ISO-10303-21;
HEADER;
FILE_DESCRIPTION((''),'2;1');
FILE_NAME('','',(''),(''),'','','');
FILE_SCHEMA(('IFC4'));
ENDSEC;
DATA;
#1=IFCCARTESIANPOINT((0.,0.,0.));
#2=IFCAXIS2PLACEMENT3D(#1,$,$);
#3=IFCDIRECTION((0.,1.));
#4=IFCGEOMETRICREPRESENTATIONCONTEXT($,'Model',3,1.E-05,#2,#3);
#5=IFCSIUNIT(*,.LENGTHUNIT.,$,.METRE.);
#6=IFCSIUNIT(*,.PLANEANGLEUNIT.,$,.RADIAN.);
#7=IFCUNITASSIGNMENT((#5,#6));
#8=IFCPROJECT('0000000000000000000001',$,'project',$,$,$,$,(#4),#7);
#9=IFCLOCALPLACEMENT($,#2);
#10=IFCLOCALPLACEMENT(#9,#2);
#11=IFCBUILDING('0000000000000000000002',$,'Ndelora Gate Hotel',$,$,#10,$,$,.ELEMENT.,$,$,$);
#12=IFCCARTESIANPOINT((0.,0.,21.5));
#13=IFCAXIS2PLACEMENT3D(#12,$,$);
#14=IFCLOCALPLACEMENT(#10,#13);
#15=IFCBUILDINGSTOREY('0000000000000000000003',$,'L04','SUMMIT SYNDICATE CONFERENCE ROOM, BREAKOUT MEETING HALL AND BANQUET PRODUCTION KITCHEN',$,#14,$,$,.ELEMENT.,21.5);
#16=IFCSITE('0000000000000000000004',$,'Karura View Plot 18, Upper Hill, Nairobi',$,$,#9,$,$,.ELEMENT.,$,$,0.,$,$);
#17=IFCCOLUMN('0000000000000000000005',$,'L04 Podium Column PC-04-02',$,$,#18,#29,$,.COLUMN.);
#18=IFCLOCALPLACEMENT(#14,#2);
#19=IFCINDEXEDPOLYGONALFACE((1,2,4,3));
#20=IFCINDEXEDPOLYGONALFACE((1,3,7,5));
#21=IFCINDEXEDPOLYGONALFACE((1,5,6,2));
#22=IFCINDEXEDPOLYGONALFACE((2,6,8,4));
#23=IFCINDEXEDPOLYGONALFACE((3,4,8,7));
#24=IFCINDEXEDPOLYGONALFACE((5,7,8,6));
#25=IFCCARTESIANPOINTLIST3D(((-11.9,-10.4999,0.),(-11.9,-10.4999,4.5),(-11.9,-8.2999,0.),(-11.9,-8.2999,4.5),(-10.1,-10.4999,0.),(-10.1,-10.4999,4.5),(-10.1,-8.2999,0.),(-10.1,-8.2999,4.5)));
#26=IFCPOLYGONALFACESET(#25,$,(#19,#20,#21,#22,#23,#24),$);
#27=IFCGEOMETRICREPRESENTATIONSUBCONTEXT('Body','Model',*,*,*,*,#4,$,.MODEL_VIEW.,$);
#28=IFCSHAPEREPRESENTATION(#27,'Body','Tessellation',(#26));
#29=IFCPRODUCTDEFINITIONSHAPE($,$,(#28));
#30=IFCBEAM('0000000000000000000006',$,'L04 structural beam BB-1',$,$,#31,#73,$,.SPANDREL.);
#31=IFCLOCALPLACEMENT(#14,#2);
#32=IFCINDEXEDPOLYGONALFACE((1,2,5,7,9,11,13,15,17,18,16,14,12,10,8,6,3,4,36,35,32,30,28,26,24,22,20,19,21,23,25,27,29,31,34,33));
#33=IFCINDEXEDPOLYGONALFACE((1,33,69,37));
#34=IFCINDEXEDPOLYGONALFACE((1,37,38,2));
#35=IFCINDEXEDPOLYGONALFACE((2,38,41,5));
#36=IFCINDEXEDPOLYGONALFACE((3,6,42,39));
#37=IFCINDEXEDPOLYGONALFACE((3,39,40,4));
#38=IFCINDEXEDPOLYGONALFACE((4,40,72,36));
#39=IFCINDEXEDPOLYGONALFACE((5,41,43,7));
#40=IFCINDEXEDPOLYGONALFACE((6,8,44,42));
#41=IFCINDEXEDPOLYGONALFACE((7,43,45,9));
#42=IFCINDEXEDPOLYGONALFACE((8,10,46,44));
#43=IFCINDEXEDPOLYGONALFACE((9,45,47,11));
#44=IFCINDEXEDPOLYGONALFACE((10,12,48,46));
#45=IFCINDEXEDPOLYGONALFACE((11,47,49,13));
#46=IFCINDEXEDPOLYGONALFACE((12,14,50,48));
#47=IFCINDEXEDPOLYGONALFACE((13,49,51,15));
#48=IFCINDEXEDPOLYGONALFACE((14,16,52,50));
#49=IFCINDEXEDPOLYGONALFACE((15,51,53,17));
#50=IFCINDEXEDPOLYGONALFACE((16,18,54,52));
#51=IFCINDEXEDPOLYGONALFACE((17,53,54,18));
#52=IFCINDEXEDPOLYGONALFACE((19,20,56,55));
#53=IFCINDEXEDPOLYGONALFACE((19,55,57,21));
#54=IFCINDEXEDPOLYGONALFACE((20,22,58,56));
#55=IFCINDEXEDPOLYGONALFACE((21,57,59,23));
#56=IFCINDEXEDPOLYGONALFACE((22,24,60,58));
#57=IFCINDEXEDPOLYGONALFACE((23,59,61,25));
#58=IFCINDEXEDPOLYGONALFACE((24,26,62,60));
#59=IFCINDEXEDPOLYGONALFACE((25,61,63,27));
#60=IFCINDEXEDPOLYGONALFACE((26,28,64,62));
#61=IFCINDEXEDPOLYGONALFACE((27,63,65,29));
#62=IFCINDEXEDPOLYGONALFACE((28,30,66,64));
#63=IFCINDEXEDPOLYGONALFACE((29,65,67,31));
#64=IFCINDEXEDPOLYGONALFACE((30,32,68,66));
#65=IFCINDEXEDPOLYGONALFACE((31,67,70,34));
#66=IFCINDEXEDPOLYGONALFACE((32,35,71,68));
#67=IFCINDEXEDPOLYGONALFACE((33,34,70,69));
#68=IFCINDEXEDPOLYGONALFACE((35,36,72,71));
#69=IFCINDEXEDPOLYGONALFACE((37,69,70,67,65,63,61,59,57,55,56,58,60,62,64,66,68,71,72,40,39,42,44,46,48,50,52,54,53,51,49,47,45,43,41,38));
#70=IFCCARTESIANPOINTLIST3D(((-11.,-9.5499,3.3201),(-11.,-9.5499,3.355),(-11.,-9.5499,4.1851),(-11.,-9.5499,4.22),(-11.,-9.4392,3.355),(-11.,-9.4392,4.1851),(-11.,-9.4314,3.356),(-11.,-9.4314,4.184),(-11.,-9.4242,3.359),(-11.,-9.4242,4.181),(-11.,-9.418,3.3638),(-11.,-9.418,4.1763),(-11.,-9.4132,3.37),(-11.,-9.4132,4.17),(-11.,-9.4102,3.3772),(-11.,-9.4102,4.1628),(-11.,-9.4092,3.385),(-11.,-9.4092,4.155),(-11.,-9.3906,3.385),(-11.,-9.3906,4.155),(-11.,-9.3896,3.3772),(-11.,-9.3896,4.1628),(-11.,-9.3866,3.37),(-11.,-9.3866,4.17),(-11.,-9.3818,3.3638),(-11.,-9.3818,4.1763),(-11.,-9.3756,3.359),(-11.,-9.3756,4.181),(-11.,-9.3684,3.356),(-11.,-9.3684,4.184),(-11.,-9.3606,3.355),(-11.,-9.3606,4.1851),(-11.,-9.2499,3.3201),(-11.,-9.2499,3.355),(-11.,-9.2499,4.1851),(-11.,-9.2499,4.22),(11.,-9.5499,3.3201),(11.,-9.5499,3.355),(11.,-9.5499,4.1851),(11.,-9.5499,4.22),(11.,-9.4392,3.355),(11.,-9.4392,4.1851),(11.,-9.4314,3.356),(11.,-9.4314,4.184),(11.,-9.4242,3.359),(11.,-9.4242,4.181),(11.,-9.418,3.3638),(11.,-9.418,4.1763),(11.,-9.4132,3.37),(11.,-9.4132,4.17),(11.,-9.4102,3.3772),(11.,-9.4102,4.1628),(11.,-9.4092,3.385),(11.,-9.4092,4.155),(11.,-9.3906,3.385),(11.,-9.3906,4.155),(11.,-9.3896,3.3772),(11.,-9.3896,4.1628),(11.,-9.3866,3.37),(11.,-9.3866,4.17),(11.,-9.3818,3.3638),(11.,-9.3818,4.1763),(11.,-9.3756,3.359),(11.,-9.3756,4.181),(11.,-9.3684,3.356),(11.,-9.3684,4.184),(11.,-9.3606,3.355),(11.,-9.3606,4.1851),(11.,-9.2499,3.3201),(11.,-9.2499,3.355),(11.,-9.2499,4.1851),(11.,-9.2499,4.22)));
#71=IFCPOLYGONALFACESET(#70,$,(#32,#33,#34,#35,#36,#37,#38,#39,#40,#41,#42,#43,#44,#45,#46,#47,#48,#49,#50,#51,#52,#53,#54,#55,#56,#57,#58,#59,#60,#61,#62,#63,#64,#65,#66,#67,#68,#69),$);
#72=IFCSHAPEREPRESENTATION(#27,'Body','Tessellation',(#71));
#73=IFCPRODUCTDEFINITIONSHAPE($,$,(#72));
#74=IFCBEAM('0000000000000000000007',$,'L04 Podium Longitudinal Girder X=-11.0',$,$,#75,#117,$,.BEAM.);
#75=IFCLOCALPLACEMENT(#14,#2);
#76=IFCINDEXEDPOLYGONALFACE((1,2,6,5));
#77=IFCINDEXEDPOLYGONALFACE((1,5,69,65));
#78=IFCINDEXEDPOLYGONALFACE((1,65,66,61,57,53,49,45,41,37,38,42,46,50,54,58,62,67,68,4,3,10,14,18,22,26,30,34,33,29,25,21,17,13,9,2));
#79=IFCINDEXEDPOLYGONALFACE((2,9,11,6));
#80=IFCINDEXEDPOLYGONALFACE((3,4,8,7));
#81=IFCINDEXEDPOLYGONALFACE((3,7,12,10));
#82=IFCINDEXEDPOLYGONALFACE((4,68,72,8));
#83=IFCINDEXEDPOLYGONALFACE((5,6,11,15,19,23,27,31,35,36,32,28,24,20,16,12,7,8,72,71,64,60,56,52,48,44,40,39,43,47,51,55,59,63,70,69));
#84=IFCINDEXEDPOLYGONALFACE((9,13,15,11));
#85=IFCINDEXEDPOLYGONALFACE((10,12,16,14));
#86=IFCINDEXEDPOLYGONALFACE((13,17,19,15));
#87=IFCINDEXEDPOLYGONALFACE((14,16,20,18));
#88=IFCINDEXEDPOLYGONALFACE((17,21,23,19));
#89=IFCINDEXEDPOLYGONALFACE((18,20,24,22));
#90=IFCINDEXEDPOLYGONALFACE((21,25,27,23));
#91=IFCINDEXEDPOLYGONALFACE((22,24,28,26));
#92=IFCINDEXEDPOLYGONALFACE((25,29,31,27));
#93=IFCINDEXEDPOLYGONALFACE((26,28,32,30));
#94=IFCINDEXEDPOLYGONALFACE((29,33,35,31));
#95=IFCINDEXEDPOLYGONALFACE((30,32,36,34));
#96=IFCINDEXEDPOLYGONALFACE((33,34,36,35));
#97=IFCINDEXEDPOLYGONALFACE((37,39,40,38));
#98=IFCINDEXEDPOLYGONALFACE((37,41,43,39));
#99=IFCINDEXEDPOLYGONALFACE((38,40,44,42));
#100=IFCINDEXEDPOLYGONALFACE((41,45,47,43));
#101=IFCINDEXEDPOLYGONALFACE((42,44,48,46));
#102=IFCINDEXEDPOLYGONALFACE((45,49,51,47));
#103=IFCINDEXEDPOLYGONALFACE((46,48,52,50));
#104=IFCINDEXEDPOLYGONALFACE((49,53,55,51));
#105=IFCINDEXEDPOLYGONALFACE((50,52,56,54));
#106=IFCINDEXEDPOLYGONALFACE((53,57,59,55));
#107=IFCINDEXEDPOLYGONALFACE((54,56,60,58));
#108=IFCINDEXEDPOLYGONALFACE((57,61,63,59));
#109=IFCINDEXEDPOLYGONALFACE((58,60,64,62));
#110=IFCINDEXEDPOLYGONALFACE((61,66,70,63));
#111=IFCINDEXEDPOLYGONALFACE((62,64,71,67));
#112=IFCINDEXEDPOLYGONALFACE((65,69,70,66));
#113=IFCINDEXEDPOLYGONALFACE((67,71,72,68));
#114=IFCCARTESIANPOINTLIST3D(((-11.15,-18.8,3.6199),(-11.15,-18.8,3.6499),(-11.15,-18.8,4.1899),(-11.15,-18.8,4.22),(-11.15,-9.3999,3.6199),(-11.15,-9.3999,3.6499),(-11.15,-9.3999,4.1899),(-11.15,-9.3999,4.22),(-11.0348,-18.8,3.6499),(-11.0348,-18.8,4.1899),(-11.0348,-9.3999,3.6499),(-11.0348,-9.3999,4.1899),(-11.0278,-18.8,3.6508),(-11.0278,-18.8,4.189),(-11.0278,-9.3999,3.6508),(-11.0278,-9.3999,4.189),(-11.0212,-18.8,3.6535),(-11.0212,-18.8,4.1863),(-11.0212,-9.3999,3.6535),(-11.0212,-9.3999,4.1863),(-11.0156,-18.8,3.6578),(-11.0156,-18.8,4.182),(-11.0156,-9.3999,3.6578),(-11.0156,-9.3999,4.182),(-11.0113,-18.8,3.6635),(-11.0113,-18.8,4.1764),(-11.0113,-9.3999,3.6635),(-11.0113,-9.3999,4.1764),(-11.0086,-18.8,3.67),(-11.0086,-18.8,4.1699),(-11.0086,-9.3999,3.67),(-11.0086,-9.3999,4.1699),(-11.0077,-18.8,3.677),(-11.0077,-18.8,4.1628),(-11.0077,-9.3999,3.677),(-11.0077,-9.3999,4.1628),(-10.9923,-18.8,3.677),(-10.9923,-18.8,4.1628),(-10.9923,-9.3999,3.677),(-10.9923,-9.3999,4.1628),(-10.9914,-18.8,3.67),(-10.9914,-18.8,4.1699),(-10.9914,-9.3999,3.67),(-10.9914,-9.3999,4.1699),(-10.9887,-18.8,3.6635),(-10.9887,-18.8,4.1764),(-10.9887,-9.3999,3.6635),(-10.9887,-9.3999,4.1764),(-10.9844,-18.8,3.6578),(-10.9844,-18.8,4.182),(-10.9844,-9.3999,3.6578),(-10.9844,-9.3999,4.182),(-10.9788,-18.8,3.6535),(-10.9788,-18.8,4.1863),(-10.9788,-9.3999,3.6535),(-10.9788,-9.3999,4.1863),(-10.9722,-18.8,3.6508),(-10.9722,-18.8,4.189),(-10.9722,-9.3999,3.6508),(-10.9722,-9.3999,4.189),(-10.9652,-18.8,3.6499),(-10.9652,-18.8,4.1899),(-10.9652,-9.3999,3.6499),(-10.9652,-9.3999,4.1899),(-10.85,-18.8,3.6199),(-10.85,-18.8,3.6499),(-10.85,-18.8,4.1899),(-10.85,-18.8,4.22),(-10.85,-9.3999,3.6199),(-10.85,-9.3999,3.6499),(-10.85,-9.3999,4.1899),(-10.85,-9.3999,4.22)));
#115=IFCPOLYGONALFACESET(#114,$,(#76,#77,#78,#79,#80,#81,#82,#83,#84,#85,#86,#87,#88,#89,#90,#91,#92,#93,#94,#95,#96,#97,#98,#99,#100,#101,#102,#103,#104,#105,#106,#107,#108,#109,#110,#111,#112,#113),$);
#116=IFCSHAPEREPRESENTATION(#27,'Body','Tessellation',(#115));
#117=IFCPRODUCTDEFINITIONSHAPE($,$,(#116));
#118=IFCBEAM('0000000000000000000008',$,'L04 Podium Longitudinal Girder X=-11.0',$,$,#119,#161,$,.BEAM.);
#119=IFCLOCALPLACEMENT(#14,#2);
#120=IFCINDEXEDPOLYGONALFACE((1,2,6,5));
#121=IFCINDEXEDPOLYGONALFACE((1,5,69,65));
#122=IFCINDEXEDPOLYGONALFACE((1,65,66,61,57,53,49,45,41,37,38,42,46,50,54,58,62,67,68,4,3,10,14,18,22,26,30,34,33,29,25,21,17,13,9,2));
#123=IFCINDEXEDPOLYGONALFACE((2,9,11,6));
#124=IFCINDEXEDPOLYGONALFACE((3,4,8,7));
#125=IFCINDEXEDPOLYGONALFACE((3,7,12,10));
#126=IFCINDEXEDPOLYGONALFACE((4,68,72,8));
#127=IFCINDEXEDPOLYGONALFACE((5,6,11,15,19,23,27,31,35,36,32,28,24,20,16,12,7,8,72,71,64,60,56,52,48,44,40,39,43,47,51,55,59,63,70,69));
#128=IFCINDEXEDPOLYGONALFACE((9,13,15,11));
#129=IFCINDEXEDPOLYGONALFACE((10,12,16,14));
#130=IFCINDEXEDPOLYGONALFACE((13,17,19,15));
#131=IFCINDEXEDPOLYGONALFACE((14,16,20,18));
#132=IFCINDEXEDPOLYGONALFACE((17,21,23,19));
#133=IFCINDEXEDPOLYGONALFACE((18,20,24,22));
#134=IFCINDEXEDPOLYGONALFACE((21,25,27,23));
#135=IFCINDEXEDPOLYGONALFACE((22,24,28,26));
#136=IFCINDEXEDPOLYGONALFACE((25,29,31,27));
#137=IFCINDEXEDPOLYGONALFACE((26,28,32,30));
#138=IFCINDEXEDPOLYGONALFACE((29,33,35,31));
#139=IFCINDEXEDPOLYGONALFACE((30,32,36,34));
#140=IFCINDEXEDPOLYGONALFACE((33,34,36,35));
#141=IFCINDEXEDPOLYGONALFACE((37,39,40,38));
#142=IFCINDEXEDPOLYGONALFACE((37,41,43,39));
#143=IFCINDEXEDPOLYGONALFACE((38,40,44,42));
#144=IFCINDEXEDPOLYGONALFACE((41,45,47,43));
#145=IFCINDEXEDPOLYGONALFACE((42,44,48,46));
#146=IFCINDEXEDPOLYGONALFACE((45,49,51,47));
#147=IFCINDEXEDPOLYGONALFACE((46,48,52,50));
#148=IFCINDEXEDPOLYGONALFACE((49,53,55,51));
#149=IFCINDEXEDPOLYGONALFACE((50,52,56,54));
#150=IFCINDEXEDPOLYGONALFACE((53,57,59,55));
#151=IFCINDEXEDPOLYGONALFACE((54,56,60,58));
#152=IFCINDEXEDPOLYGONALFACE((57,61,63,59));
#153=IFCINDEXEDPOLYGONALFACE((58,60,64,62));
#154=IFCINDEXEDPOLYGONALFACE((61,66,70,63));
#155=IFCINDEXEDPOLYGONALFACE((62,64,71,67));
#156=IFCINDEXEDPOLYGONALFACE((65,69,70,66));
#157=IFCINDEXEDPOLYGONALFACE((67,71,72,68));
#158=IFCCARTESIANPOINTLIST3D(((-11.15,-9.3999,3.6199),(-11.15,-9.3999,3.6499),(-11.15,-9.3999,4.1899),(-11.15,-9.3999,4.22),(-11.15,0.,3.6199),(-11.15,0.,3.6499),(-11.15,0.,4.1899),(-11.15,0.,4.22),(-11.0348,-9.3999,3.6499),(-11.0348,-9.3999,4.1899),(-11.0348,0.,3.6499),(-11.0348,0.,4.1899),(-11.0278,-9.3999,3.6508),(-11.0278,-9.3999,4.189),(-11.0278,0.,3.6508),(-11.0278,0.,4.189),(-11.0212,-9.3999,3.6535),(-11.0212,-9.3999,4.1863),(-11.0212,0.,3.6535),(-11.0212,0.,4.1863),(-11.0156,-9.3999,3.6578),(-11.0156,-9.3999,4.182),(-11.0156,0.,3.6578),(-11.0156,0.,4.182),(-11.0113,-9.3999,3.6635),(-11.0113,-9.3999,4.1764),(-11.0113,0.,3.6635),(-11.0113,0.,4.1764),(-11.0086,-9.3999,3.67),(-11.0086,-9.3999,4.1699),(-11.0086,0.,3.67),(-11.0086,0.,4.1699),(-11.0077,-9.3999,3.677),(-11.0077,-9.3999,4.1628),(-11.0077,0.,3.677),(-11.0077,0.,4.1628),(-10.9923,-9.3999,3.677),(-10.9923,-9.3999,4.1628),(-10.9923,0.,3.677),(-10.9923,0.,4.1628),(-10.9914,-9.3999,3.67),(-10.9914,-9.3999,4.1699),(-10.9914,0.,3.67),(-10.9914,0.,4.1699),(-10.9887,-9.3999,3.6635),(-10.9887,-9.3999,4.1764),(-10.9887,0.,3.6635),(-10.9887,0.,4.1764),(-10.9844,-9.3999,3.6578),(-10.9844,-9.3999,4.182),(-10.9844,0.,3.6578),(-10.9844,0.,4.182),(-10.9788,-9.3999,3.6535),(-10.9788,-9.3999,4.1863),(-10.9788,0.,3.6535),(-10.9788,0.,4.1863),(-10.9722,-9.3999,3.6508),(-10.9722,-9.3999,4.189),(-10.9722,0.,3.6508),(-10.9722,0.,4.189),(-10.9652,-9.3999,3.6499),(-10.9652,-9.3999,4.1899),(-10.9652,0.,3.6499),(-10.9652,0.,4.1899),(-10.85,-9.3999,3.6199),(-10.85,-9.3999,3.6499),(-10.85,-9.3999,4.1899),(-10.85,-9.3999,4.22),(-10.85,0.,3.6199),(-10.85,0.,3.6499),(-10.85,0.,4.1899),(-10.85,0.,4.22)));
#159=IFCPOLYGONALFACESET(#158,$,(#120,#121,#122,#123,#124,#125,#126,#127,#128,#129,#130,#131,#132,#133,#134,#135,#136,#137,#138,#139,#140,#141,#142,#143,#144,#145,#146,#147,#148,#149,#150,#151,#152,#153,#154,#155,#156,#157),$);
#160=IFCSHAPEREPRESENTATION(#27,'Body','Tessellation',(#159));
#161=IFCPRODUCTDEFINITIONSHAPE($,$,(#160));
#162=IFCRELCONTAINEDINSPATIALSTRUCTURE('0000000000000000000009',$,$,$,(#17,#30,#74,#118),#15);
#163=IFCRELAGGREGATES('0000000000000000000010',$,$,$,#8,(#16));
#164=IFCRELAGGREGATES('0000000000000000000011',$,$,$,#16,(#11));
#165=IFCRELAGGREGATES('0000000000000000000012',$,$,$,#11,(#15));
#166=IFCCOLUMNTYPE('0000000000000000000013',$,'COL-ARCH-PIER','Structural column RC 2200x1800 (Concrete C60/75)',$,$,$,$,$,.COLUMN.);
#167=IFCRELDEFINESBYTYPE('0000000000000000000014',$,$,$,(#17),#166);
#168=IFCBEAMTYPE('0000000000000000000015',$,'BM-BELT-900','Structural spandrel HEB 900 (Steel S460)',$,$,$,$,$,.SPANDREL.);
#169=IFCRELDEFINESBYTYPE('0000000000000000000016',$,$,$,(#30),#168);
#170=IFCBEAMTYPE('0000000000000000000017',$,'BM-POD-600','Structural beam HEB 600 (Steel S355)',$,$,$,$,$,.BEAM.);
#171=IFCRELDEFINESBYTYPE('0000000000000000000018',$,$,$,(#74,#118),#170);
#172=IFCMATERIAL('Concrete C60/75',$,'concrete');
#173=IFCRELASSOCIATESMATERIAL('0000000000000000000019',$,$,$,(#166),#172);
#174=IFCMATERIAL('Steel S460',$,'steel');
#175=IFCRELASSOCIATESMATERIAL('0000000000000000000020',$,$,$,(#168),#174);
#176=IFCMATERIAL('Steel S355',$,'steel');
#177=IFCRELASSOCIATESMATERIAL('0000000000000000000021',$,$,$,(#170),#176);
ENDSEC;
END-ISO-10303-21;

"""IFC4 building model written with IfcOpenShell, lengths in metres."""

from ifc_helpers import new_model, si_unit, direction, frame, origin, origin_2d, place, context, subcontext, project, spatial, rectangle, i_section, extrude, material, material_profile, profile_set, type_object, element, save


model = new_model("IFC4")

# Units and contexts
model_context = context("Model", 3, precision=1e-05, world=origin(), true_north=direction((0.0, 1.0)))
body_context = subcontext(model_context, "Body", "Model", "MODEL_VIEW")
ifc_project = project(units=[si_unit("LENGTHUNIT", "METRE"), si_unit("PLANEANGLEUNIT", "RADIAN")], contexts=[model_context])

# Site, building, storey
site_placement = place(None, origin())
site = spatial("IfcSite", under=ifc_project, at=site_placement, Name="Karura View Plot 18, Upper Hill, Nairobi", CompositionType="ELEMENT", RefElevation=0.0)
building_placement = place(site_placement, origin())
building = spatial("IfcBuilding", under=site, at=building_placement, Name="Ndelora Gate Hotel", CompositionType="ELEMENT")
storey_placement = place(building_placement, frame((0.0, 0.0, 21.5)))
storey = spatial("IfcBuildingStorey", under=building, at=storey_placement, Name="L04", Description="SUMMIT SYNDICATE CONFERENCE ROOM, BREAKOUT MEETING HALL AND BANQUET PRODUCTION KITCHEN", CompositionType="ELEMENT", Elevation=21.5)

# Column
ifc_material_1 = material(Name="Concrete C60/75", Category="concrete")
ifc_material_profile_1 = material_profile(ifc_material_1, rectangle(XDim=1.8, YDim=2.2, at=origin_2d()), Name="RC 2200x1800")
ifc_profile_set_1 = profile_set([ifc_material_profile_1], Name="Concrete C60/75")
column_type = type_object("IfcColumnType", Name="COL-ARCH-PIER", Description="Structural column RC 2200x1800 (Concrete C60/75)", PredefinedType="COLUMN", material=ifc_profile_set_1)
column_placement = place(storey_placement, frame((-11.0, -9.3999, 0.0), z_axis=(0.0, 0.0, 1.0), x_axis=(1.0, 0.0, 0.0)))
element("IfcColumn", 1, at=column_placement, inside=storey, type_object=column_type, Name="L04 Podium Column PC-04-02", PredefinedType="COLUMN", context=body_context, shape_type="SweptSolid", body=[
    extrude(rectangle(XDim=1.8, YDim=2.2, at=origin_2d()), origin(), (0.0, 0.0, 1.0), 4.5),
])

# Beams
ifc_material_2 = material(Name="Steel S460", Category="steel")
ifc_material_profile_2 = material_profile(ifc_material_2, i_section(OverallWidth=0.3, OverallDepth=0.8999, WebThickness=0.0186, FlangeThickness=0.0349, FilletRadius=0.03, at=origin_2d()), Name="HEB 900")
ifc_profile_set_2 = profile_set([ifc_material_profile_2], Name="Steel S460")
beam_type_1 = type_object("IfcBeamType", Name="BM-BELT-900", Description="Structural spandrel HEB 900 (Steel S460)", PredefinedType="SPANDREL", material=ifc_profile_set_2)
beam_1_placement = place(storey_placement, frame((-11.0, -9.3999, 3.77), z_axis=(1.0, 0.0, 0.0), x_axis=(0.0, 1.0, 0.0)))
element("IfcBeam", 2, at=beam_1_placement, inside=storey, type_object=beam_type_1, Name="L04 structural beam BB-1", PredefinedType="SPANDREL", context=body_context, shape_type="SweptSolid", body=[
    extrude(i_section(OverallWidth=0.3, OverallDepth=0.8999, WebThickness=0.0186, FlangeThickness=0.0349, FilletRadius=0.03, at=origin_2d()), origin(), (0.0, 0.0, 1.0), 22.0),
])
ifc_material_3 = material(Name="Steel S355", Category="steel")
ifc_material_profile_3 = material_profile(ifc_material_3, i_section(OverallWidth=0.3, OverallDepth=0.6001, WebThickness=0.0154, FlangeThickness=0.03, FilletRadius=0.0271, at=origin_2d()), Name="HEB 600")
ifc_profile_set_3 = profile_set([ifc_material_profile_3], Name="Steel S355")
beam_type_2 = type_object("IfcBeamType", Name="BM-POD-600", Description="Structural beam HEB 600 (Steel S355)", PredefinedType="BEAM", material=ifc_profile_set_3)
beam_2_placement = place(storey_placement, frame((-11.0, -18.8, 3.9199), z_axis=(0.0, 1.0, 0.0), x_axis=(-1.0, 0.0, 0.0)))
element("IfcBeam", 3, at=beam_2_placement, inside=storey, type_object=beam_type_2, Name="L04 Podium Longitudinal Girder X=-11.0", PredefinedType="BEAM", context=body_context, shape_type="SweptSolid", body=[
    extrude(i_section(OverallWidth=0.3, OverallDepth=0.6001, WebThickness=0.0154, FlangeThickness=0.03, FilletRadius=0.0271, at=origin_2d()), origin(), (0.0, 0.0, 1.0), 9.4001),
])
beam_3_placement = place(storey_placement, frame((-11.0, -9.3999, 3.9199), z_axis=(0.0, 1.0, 0.0), x_axis=(-1.0, 0.0, 0.0)))
element("IfcBeam", 4, at=beam_3_placement, inside=storey, type_object=beam_type_2, Name="L04 Podium Longitudinal Girder X=-11.0", PredefinedType="BEAM", context=body_context, shape_type="SweptSolid", body=[
    extrude(i_section(OverallWidth=0.3, OverallDepth=0.6001, WebThickness=0.0154, FlangeThickness=0.03, FilletRadius=0.0271, at=origin_2d()), origin(), (0.0, 0.0, 1.0), 9.3999),
])

save(model, "model.ifc")
